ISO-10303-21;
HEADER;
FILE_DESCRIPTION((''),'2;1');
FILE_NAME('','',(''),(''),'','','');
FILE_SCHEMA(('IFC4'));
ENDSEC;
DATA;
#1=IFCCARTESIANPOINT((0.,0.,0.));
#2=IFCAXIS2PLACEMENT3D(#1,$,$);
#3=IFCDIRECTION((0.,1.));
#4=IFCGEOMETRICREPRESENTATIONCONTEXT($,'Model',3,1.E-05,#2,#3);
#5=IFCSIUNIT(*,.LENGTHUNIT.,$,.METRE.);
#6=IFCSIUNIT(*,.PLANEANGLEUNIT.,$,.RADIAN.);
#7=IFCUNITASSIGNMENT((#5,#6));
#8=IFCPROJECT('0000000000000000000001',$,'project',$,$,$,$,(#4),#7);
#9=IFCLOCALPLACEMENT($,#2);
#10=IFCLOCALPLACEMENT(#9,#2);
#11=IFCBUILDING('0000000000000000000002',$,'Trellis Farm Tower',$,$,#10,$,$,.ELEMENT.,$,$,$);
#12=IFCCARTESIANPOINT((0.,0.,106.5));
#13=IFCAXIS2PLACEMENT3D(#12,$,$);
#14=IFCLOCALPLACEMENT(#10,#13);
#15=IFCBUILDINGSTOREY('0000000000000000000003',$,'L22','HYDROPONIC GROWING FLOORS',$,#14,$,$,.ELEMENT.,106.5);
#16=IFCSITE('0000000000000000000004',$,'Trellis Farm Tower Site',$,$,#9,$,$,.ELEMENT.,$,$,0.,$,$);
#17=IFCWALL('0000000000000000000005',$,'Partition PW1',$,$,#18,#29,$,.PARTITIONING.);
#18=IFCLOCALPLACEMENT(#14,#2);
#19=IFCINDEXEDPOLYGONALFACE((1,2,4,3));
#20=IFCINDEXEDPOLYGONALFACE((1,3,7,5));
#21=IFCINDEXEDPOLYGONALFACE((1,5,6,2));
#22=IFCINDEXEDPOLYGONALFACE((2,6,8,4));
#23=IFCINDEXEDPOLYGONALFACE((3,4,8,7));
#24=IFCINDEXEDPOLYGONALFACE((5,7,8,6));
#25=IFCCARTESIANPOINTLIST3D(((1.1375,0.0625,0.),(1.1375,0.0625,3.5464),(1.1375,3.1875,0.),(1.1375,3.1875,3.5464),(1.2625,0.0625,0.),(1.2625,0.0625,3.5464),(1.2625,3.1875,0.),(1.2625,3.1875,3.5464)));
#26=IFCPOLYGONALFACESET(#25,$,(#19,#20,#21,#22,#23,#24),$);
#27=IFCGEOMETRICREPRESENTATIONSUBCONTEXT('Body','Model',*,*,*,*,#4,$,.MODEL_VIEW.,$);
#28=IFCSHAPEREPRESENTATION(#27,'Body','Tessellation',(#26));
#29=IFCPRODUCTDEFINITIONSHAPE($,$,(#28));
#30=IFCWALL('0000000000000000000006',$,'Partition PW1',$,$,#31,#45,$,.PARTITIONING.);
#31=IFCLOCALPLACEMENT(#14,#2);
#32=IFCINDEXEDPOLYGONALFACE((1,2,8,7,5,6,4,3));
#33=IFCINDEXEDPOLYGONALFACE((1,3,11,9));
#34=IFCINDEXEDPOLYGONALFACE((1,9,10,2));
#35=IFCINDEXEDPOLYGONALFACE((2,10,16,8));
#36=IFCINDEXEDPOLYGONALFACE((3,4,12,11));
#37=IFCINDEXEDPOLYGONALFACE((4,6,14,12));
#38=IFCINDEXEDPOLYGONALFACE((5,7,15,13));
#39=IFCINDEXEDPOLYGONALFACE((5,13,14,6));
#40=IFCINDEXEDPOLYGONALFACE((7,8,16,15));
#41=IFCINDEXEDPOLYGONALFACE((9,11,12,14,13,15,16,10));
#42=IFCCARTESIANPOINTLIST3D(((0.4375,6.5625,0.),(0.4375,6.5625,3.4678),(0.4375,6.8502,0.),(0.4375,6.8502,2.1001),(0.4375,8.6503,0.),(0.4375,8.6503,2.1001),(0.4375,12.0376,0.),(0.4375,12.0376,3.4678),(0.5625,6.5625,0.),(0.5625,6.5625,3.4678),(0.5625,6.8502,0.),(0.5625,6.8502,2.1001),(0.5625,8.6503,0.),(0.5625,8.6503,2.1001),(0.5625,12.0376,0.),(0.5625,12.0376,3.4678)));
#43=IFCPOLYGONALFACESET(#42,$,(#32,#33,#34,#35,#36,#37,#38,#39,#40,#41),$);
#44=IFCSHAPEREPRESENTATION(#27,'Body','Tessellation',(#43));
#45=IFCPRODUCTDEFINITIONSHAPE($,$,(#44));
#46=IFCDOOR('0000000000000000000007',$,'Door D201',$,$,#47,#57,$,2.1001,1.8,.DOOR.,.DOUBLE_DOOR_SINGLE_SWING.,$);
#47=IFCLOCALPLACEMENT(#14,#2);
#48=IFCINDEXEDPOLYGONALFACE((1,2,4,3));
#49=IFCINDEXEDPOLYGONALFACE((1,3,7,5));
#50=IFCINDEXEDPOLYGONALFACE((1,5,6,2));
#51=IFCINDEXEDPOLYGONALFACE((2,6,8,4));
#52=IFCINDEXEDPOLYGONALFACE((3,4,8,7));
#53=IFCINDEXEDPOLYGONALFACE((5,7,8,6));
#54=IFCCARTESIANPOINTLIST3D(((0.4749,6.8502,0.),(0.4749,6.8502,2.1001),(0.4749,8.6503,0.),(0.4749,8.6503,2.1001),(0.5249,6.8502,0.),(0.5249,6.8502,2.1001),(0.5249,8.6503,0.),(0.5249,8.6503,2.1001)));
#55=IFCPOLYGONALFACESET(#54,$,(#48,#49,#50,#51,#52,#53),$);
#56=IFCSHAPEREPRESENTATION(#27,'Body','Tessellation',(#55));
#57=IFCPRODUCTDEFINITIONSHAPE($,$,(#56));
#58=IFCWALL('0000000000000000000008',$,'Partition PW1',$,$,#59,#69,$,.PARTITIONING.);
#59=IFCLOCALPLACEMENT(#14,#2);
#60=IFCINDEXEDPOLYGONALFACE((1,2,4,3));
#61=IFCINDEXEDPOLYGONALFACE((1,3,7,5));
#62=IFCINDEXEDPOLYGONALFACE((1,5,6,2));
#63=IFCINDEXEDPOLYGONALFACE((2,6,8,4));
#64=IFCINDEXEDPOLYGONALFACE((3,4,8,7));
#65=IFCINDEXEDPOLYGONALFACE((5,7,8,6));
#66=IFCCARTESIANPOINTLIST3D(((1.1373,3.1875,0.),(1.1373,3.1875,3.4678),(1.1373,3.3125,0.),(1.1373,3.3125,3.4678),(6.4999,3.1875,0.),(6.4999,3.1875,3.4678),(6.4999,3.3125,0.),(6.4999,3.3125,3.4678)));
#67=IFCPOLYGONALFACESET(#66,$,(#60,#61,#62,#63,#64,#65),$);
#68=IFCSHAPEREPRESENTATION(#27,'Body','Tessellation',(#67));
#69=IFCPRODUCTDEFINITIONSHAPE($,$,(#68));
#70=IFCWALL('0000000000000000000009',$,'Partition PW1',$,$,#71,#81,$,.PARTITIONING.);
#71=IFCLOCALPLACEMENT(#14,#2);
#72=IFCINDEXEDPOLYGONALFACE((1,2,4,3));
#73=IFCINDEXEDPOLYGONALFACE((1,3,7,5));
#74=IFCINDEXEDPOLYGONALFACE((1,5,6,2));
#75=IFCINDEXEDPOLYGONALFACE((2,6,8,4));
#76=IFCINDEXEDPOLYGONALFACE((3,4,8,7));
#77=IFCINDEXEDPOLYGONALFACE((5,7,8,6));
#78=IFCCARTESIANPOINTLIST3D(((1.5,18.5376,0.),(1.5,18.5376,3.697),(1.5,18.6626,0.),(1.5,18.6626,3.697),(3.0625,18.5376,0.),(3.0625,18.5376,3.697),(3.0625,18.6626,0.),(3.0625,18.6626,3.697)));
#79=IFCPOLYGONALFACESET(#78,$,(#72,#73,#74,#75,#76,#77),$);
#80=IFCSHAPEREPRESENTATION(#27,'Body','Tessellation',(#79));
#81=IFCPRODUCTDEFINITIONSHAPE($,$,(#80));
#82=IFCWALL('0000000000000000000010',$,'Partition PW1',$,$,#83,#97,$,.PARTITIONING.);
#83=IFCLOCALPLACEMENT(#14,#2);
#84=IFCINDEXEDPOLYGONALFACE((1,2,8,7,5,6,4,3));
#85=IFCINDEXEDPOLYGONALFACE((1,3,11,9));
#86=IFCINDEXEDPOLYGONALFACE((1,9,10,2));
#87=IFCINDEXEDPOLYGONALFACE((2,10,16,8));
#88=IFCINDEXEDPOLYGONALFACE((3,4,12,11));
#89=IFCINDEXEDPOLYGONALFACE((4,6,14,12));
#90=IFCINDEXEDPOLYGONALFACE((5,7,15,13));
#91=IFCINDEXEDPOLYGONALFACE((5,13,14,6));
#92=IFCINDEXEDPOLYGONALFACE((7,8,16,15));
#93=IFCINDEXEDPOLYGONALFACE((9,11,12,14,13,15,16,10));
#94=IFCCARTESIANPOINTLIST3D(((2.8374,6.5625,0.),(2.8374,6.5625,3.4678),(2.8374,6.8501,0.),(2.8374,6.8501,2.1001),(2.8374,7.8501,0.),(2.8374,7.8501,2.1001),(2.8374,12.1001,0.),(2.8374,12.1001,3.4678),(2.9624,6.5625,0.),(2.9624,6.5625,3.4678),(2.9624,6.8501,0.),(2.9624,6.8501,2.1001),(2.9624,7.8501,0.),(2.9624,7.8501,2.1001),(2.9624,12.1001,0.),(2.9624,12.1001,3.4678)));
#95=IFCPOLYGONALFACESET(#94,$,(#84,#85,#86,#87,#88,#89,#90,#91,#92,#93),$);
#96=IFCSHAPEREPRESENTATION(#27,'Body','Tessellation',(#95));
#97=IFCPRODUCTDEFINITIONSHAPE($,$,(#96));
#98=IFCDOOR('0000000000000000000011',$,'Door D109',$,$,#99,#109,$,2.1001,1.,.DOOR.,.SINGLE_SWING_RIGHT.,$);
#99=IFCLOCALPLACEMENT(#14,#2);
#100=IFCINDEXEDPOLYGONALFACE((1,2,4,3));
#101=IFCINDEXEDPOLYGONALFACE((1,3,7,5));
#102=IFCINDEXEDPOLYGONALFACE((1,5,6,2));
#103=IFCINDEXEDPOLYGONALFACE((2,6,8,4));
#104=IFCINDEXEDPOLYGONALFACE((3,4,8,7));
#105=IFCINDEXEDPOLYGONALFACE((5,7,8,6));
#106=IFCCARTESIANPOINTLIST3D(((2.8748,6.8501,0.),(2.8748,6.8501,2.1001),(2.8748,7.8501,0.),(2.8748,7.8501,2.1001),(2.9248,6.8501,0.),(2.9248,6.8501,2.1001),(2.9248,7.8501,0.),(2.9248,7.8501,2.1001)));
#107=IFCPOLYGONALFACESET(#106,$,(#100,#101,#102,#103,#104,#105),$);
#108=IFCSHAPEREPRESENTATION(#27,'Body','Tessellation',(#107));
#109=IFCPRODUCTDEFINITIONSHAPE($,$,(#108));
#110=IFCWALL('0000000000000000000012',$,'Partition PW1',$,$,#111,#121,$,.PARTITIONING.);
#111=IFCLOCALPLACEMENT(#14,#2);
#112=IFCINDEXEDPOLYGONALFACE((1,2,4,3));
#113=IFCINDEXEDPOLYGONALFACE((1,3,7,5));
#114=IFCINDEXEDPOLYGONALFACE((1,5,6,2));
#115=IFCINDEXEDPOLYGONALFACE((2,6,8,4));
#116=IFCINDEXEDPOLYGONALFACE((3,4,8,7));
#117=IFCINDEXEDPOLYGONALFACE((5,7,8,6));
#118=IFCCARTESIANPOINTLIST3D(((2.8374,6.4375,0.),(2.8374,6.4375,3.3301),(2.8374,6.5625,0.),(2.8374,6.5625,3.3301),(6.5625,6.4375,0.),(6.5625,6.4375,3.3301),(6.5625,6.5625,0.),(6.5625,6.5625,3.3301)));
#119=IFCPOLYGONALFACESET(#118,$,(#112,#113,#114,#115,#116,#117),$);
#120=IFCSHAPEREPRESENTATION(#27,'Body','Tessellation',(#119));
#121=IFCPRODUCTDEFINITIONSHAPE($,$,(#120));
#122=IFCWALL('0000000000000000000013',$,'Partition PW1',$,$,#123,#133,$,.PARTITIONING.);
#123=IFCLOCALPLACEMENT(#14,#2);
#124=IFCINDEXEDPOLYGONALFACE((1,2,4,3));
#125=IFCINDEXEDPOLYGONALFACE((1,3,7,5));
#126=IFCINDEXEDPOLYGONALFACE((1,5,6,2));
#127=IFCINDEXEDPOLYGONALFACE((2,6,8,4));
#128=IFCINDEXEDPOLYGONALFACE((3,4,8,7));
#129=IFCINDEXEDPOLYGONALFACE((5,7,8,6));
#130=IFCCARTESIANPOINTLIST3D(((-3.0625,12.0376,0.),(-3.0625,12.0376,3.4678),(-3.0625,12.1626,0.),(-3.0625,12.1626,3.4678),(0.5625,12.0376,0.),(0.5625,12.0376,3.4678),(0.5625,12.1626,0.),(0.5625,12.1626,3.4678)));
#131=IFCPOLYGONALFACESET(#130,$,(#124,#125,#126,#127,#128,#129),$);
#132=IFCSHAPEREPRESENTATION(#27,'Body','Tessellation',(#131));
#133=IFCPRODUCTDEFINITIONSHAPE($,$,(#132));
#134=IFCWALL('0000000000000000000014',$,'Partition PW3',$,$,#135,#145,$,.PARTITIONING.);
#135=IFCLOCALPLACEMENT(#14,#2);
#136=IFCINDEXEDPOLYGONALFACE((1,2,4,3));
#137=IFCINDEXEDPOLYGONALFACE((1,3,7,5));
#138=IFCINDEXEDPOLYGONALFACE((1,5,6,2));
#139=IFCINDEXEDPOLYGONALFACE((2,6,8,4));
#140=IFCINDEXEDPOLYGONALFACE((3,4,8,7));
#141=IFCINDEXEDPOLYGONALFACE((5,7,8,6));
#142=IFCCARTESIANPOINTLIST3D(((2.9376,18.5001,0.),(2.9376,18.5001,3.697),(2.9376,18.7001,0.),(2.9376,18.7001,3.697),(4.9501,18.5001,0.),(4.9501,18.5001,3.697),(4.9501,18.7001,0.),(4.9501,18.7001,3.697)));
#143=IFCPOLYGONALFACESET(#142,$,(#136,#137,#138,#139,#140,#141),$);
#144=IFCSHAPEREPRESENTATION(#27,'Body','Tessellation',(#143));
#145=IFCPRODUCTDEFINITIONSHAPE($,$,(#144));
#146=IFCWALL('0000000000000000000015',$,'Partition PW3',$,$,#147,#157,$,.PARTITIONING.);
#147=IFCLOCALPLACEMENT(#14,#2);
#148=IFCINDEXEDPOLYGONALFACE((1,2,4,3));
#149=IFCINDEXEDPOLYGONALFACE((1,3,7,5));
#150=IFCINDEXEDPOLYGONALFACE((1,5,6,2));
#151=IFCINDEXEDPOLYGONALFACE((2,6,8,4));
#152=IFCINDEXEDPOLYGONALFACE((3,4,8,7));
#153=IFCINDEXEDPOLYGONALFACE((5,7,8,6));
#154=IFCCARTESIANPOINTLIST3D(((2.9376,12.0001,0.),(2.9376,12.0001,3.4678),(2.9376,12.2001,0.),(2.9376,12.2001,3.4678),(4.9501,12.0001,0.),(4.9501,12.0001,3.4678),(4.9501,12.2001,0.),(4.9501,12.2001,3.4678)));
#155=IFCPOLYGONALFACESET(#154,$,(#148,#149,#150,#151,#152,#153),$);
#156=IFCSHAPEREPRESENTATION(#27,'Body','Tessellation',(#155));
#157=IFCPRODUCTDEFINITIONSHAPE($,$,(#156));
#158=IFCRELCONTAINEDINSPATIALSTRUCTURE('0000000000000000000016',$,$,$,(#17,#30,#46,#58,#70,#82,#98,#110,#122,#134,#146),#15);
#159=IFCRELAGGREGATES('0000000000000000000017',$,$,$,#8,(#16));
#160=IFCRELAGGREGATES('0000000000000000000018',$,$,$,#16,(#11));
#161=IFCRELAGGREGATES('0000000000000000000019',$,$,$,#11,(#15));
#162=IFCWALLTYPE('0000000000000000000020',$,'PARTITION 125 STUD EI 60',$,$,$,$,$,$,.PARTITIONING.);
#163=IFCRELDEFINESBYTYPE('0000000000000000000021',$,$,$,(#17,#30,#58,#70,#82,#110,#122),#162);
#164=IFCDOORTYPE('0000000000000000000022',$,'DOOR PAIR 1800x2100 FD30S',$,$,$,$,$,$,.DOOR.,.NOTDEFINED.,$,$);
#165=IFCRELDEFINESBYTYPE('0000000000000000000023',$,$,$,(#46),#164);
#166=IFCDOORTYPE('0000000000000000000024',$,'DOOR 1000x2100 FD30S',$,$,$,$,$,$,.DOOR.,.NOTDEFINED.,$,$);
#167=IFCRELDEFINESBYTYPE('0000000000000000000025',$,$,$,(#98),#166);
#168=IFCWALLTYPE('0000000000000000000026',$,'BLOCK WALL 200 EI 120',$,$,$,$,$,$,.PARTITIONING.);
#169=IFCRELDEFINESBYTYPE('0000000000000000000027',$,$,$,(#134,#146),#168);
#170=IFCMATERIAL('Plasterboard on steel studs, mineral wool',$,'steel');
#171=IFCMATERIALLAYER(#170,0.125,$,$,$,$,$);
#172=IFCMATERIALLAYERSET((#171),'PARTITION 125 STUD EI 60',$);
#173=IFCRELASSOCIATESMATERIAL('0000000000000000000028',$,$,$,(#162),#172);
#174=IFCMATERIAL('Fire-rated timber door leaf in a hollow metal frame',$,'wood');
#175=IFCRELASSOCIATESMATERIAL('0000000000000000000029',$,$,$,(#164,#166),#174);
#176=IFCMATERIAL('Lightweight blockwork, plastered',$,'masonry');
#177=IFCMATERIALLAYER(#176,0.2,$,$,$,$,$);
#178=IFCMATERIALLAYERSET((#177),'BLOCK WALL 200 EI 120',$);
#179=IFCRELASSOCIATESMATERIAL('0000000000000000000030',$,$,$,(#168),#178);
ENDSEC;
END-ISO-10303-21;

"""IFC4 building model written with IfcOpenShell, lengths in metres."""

from ifc_helpers import new_model, si_unit, direction, frame, frame_2d, origin, place, context, subcontext, project, spatial, rectangle, extrude, source, transform, mapped, material, layer, layer_set, type_object, element, fill, save


model = new_model("IFC4")

# Units and contexts
model_context = context("Model", 3, precision=1e-05, world=origin(), true_north=direction((0.0, 1.0)))
body_context = subcontext(model_context, "Body", "Model", "MODEL_VIEW")
ifc_project = project(units=[si_unit("LENGTHUNIT", "METRE"), si_unit("PLANEANGLEUNIT", "RADIAN")], contexts=[model_context])

# Site, building, storey
site_placement = place(None, origin())
site = spatial("IfcSite", under=ifc_project, at=site_placement, Name="Trellis Farm Tower Site", CompositionType="ELEMENT", RefElevation=0.0)
building_placement = place(site_placement, origin())
building = spatial("IfcBuilding", under=site, at=building_placement, Name="Trellis Farm Tower", CompositionType="ELEMENT")
storey_placement = place(building_placement, frame((0.0, 0.0, 106.5)))
storey = spatial("IfcBuildingStorey", under=building, at=storey_placement, Name="L22", Description="HYDROPONIC GROWING FLOORS", CompositionType="ELEMENT", Elevation=106.5)

# Wall
ifc_material_1 = material(Name="Plasterboard on steel studs, mineral wool", Category="steel")
ifc_layer_1 = layer(ifc_material_1, 0.125)
ifc_layer_set_1 = layer_set([ifc_layer_1], Name="PARTITION 125 STUD EI 60")
wall_type_1 = type_object("IfcWallType", Name="PARTITION 125 STUD EI 60", PredefinedType="PARTITIONING", material=ifc_layer_set_1)
shared_shape_1 = source(origin(), body_context, "Body", "SweptSolid", [
    extrude(rectangle(XDim=3.125, YDim=0.125, at=frame_2d((1.5625, 0.0))), origin(), (0.0, 0.0, 1.0), 3.5464),
])
wall_1_placement = place(storey_placement, frame((1.2, 3.1875, 0.0), z_axis=(0.0, 0.0, 1.0), x_axis=(0.0, -1.0, 0.0)))
element("IfcWall", 1, at=wall_1_placement, inside=storey, type_object=wall_type_1, Name="Partition PW1", PredefinedType="PARTITIONING", context=body_context, shape_type="MappedRepresentation", body=[
    mapped(shared_shape_1, transform((0.0, 0.0, 0.0))),
])

# Wall, opening, door
shared_shape_2 = source(origin(), body_context, "Body", "SweptSolid", [
    extrude(rectangle(XDim=5.4751, YDim=0.125, at=frame_2d((2.7375, 0.0))), origin(), (0.0, 0.0, 1.0), 3.4678),
])
wall_2_placement = place(storey_placement, frame((0.5, 12.0376, 0.0), z_axis=(0.0, 0.0, 1.0), x_axis=(0.0, -1.0, 0.0)))
wall_2 = element("IfcWall", 2, at=wall_2_placement, inside=storey, type_object=wall_type_1, Name="Partition PW1", PredefinedType="PARTITIONING", context=body_context, shape_type="MappedRepresentation", body=[
    mapped(shared_shape_2, transform((0.0, 0.0, 0.0))),
])
shared_shape_3 = source(origin(), body_context, "Body", "SweptSolid", [
    extrude(rectangle(XDim=1.8, YDim=2.1001, at=frame_2d((0.8999, 1.05))), frame((0.0, 0.0725, 0.0), z_axis=(0.0, -1.0, 0.0), x_axis=(1.0, 0.0, 0.0)), (0.0, 0.0, 1.0), 0.145),
])
opening_1_placement = place(wall_2_placement, frame((3.3875, 0.0, 0.0)))
opening_1 = element("IfcOpeningElement", 3, at=opening_1_placement, cuts=wall_2, PredefinedType="OPENING", context=body_context, shape_type="MappedRepresentation", body=[
    mapped(shared_shape_3, transform((0.0, 0.0, 0.0))),
])
ifc_material_2 = material(Name="Fire-rated timber door leaf in a hollow metal frame", Category="wood")
door_type_1 = type_object("IfcDoorType", Name="DOOR PAIR 1800x2100 FD30S", OperationType="NOTDEFINED", PredefinedType="DOOR", material=ifc_material_2)
shared_shape_4 = source(origin(), body_context, "Body", "SweptSolid", [
    extrude(rectangle(XDim=1.8, YDim=2.1001, at=frame_2d((0.8999, 1.05))), frame((0.0, 0.0249, 0.0), z_axis=(0.0, -1.0, 0.0), x_axis=(1.0, 0.0, 0.0)), (0.0, 0.0, 1.0), 0.05),
])
door_1_placement = place(opening_1_placement, origin())
door_1 = element("IfcDoor", 4, at=door_1_placement, inside=storey, type_object=door_type_1, Name="Door D201", OperationType="DOUBLE_DOOR_SINGLE_SWING", OverallHeight=2.1001, OverallWidth=1.8, PredefinedType="DOOR", context=body_context, shape_type="MappedRepresentation", body=[
    mapped(shared_shape_4, transform((0.0, 0.0, 0.0))),
])
fill(opening_1, door_1)

# Walls
shared_shape_5 = source(origin(), body_context, "Body", "SweptSolid", [
    extrude(rectangle(XDim=5.3625, YDim=0.125, at=frame_2d((2.6812, 0.0))), origin(), (0.0, 0.0, 1.0), 3.4678),
])
wall_3_placement = place(storey_placement, frame((1.1375, 3.25, 0.0), z_axis=(0.0, 0.0, 1.0), x_axis=(1.0, 0.0, 0.0)))
element("IfcWall", 5, at=wall_3_placement, inside=storey, type_object=wall_type_1, Name="Partition PW1", PredefinedType="PARTITIONING", context=body_context, shape_type="MappedRepresentation", body=[
    mapped(shared_shape_5, transform((0.0, 0.0, 0.0))),
])
shared_shape_6 = source(origin(), body_context, "Body", "SweptSolid", [
    extrude(rectangle(XDim=1.5625, YDim=0.125, at=frame_2d((0.7812, 0.0))), origin(), (0.0, 0.0, 1.0), 3.697),
])
wall_4_placement = place(storey_placement, frame((1.5, 18.6001, 0.0), z_axis=(0.0, 0.0, 1.0), x_axis=(1.0, 0.0, 0.0)))
element("IfcWall", 6, at=wall_4_placement, inside=storey, type_object=wall_type_1, Name="Partition PW1", PredefinedType="PARTITIONING", context=body_context, shape_type="MappedRepresentation", body=[
    mapped(shared_shape_6, transform((0.0, 0.0, 0.0))),
])

# Wall, opening, door
shared_shape_7 = source(origin(), body_context, "Body", "SweptSolid", [
    extrude(rectangle(XDim=5.5376, YDim=0.125, at=frame_2d((2.7688, 0.0))), origin(), (0.0, 0.0, 1.0), 3.4678),
])
wall_5_placement = place(storey_placement, frame((2.8999, 12.1001, 0.0), z_axis=(0.0, 0.0, 1.0), x_axis=(0.0, -1.0, 0.0)))
wall_5 = element("IfcWall", 7, at=wall_5_placement, inside=storey, type_object=wall_type_1, Name="Partition PW1", PredefinedType="PARTITIONING", context=body_context, shape_type="MappedRepresentation", body=[
    mapped(shared_shape_7, transform((0.0, 0.0, 0.0))),
])
shared_shape_8 = source(origin(), body_context, "Body", "SweptSolid", [
    extrude(rectangle(XDim=1.0, YDim=2.1001, at=frame_2d((0.5, 1.05))), frame((0.0, 0.0725, 0.0), z_axis=(0.0, -1.0, 0.0), x_axis=(1.0, 0.0, 0.0)), (0.0, 0.0, 1.0), 0.145),
])
opening_2_placement = place(wall_5_placement, frame((4.25, 0.0, 0.0)))
opening_2 = element("IfcOpeningElement", 8, at=opening_2_placement, cuts=wall_5, PredefinedType="OPENING", context=body_context, shape_type="MappedRepresentation", body=[
    mapped(shared_shape_8, transform((0.0, 0.0, 0.0))),
])
door_type_2 = type_object("IfcDoorType", Name="DOOR 1000x2100 FD30S", OperationType="NOTDEFINED", PredefinedType="DOOR", material=ifc_material_2)
shared_shape_9 = source(origin(), body_context, "Body", "SweptSolid", [
    extrude(rectangle(XDim=1.0, YDim=2.1001, at=frame_2d((0.5, 1.05))), frame((0.0, 0.0249, 0.0), z_axis=(0.0, -1.0, 0.0), x_axis=(1.0, 0.0, 0.0)), (0.0, 0.0, 1.0), 0.05),
])
door_2_placement = place(opening_2_placement, origin())
door_2 = element("IfcDoor", 9, at=door_2_placement, inside=storey, type_object=door_type_2, Name="Door D109", OperationType="SINGLE_SWING_RIGHT", OverallHeight=2.1001, OverallWidth=1.0, PredefinedType="DOOR", context=body_context, shape_type="MappedRepresentation", body=[
    mapped(shared_shape_9, transform((0.0, 0.0, 0.0))),
])
fill(opening_2, door_2)

# Walls
shared_shape_10 = source(origin(), body_context, "Body", "SweptSolid", [
    extrude(rectangle(XDim=3.7251, YDim=0.125, at=frame_2d((1.8625, 0.0))), origin(), (0.0, 0.0, 1.0), 3.3301),
])
wall_6_placement = place(storey_placement, frame((2.8374, 6.5, 0.0), z_axis=(0.0, 0.0, 1.0), x_axis=(1.0, 0.0, 0.0)))
element("IfcWall", 10, at=wall_6_placement, inside=storey, type_object=wall_type_1, Name="Partition PW1", PredefinedType="PARTITIONING", context=body_context, shape_type="MappedRepresentation", body=[
    mapped(shared_shape_10, transform((0.0, 0.0, 0.0))),
])
shared_shape_11 = source(origin(), body_context, "Body", "SweptSolid", [
    extrude(rectangle(XDim=3.625, YDim=0.125, at=frame_2d((1.8125, 0.0))), origin(), (0.0, 0.0, 1.0), 3.4678),
])
wall_7_placement = place(storey_placement, frame((0.5625, 12.1001, 0.0), z_axis=(0.0, 0.0, 1.0), x_axis=(-1.0, 0.0, 0.0)))
element("IfcWall", 11, at=wall_7_placement, inside=storey, type_object=wall_type_1, Name="Partition PW1", PredefinedType="PARTITIONING", context=body_context, shape_type="MappedRepresentation", body=[
    mapped(shared_shape_11, transform((0.0, 0.0, 0.0))),
])
ifc_material_3 = material(Name="Lightweight blockwork, plastered", Category="masonry")
ifc_layer_2 = layer(ifc_material_3, 0.2)
ifc_layer_set_2 = layer_set([ifc_layer_2], Name="BLOCK WALL 200 EI 120")
wall_type_2 = type_object("IfcWallType", Name="BLOCK WALL 200 EI 120", PredefinedType="PARTITIONING", material=ifc_layer_set_2)
shared_shape_12 = source(origin(), body_context, "Body", "SweptSolid", [
    extrude(rectangle(XDim=2.0125, YDim=0.2, at=frame_2d((1.0063, 0.0))), origin(), (0.0, 0.0, 1.0), 3.697),
])
wall_8_placement = place(storey_placement, frame((2.9375, 18.6001, 0.0), z_axis=(0.0, 0.0, 1.0), x_axis=(1.0, 0.0, 0.0)))
element("IfcWall", 12, at=wall_8_placement, inside=storey, type_object=wall_type_2, Name="Partition PW3", PredefinedType="PARTITIONING", context=body_context, shape_type="MappedRepresentation", body=[
    mapped(shared_shape_12, transform((0.0, 0.0, 0.0))),
])
shared_shape_13 = source(origin(), body_context, "Body", "SweptSolid", [
    extrude(rectangle(XDim=2.0125, YDim=0.2, at=frame_2d((1.0063, 0.0))), origin(), (0.0, 0.0, 1.0), 3.4678),
])
wall_9_placement = place(storey_placement, frame((2.9375, 12.1001, 0.0), z_axis=(0.0, 0.0, 1.0), x_axis=(1.0, 0.0, 0.0)))
element("IfcWall", 13, at=wall_9_placement, inside=storey, type_object=wall_type_2, Name="Partition PW3", PredefinedType="PARTITIONING", context=body_context, shape_type="MappedRepresentation", body=[
    mapped(shared_shape_13, transform((0.0, 0.0, 0.0))),
])

save(model, "model.ifc")
